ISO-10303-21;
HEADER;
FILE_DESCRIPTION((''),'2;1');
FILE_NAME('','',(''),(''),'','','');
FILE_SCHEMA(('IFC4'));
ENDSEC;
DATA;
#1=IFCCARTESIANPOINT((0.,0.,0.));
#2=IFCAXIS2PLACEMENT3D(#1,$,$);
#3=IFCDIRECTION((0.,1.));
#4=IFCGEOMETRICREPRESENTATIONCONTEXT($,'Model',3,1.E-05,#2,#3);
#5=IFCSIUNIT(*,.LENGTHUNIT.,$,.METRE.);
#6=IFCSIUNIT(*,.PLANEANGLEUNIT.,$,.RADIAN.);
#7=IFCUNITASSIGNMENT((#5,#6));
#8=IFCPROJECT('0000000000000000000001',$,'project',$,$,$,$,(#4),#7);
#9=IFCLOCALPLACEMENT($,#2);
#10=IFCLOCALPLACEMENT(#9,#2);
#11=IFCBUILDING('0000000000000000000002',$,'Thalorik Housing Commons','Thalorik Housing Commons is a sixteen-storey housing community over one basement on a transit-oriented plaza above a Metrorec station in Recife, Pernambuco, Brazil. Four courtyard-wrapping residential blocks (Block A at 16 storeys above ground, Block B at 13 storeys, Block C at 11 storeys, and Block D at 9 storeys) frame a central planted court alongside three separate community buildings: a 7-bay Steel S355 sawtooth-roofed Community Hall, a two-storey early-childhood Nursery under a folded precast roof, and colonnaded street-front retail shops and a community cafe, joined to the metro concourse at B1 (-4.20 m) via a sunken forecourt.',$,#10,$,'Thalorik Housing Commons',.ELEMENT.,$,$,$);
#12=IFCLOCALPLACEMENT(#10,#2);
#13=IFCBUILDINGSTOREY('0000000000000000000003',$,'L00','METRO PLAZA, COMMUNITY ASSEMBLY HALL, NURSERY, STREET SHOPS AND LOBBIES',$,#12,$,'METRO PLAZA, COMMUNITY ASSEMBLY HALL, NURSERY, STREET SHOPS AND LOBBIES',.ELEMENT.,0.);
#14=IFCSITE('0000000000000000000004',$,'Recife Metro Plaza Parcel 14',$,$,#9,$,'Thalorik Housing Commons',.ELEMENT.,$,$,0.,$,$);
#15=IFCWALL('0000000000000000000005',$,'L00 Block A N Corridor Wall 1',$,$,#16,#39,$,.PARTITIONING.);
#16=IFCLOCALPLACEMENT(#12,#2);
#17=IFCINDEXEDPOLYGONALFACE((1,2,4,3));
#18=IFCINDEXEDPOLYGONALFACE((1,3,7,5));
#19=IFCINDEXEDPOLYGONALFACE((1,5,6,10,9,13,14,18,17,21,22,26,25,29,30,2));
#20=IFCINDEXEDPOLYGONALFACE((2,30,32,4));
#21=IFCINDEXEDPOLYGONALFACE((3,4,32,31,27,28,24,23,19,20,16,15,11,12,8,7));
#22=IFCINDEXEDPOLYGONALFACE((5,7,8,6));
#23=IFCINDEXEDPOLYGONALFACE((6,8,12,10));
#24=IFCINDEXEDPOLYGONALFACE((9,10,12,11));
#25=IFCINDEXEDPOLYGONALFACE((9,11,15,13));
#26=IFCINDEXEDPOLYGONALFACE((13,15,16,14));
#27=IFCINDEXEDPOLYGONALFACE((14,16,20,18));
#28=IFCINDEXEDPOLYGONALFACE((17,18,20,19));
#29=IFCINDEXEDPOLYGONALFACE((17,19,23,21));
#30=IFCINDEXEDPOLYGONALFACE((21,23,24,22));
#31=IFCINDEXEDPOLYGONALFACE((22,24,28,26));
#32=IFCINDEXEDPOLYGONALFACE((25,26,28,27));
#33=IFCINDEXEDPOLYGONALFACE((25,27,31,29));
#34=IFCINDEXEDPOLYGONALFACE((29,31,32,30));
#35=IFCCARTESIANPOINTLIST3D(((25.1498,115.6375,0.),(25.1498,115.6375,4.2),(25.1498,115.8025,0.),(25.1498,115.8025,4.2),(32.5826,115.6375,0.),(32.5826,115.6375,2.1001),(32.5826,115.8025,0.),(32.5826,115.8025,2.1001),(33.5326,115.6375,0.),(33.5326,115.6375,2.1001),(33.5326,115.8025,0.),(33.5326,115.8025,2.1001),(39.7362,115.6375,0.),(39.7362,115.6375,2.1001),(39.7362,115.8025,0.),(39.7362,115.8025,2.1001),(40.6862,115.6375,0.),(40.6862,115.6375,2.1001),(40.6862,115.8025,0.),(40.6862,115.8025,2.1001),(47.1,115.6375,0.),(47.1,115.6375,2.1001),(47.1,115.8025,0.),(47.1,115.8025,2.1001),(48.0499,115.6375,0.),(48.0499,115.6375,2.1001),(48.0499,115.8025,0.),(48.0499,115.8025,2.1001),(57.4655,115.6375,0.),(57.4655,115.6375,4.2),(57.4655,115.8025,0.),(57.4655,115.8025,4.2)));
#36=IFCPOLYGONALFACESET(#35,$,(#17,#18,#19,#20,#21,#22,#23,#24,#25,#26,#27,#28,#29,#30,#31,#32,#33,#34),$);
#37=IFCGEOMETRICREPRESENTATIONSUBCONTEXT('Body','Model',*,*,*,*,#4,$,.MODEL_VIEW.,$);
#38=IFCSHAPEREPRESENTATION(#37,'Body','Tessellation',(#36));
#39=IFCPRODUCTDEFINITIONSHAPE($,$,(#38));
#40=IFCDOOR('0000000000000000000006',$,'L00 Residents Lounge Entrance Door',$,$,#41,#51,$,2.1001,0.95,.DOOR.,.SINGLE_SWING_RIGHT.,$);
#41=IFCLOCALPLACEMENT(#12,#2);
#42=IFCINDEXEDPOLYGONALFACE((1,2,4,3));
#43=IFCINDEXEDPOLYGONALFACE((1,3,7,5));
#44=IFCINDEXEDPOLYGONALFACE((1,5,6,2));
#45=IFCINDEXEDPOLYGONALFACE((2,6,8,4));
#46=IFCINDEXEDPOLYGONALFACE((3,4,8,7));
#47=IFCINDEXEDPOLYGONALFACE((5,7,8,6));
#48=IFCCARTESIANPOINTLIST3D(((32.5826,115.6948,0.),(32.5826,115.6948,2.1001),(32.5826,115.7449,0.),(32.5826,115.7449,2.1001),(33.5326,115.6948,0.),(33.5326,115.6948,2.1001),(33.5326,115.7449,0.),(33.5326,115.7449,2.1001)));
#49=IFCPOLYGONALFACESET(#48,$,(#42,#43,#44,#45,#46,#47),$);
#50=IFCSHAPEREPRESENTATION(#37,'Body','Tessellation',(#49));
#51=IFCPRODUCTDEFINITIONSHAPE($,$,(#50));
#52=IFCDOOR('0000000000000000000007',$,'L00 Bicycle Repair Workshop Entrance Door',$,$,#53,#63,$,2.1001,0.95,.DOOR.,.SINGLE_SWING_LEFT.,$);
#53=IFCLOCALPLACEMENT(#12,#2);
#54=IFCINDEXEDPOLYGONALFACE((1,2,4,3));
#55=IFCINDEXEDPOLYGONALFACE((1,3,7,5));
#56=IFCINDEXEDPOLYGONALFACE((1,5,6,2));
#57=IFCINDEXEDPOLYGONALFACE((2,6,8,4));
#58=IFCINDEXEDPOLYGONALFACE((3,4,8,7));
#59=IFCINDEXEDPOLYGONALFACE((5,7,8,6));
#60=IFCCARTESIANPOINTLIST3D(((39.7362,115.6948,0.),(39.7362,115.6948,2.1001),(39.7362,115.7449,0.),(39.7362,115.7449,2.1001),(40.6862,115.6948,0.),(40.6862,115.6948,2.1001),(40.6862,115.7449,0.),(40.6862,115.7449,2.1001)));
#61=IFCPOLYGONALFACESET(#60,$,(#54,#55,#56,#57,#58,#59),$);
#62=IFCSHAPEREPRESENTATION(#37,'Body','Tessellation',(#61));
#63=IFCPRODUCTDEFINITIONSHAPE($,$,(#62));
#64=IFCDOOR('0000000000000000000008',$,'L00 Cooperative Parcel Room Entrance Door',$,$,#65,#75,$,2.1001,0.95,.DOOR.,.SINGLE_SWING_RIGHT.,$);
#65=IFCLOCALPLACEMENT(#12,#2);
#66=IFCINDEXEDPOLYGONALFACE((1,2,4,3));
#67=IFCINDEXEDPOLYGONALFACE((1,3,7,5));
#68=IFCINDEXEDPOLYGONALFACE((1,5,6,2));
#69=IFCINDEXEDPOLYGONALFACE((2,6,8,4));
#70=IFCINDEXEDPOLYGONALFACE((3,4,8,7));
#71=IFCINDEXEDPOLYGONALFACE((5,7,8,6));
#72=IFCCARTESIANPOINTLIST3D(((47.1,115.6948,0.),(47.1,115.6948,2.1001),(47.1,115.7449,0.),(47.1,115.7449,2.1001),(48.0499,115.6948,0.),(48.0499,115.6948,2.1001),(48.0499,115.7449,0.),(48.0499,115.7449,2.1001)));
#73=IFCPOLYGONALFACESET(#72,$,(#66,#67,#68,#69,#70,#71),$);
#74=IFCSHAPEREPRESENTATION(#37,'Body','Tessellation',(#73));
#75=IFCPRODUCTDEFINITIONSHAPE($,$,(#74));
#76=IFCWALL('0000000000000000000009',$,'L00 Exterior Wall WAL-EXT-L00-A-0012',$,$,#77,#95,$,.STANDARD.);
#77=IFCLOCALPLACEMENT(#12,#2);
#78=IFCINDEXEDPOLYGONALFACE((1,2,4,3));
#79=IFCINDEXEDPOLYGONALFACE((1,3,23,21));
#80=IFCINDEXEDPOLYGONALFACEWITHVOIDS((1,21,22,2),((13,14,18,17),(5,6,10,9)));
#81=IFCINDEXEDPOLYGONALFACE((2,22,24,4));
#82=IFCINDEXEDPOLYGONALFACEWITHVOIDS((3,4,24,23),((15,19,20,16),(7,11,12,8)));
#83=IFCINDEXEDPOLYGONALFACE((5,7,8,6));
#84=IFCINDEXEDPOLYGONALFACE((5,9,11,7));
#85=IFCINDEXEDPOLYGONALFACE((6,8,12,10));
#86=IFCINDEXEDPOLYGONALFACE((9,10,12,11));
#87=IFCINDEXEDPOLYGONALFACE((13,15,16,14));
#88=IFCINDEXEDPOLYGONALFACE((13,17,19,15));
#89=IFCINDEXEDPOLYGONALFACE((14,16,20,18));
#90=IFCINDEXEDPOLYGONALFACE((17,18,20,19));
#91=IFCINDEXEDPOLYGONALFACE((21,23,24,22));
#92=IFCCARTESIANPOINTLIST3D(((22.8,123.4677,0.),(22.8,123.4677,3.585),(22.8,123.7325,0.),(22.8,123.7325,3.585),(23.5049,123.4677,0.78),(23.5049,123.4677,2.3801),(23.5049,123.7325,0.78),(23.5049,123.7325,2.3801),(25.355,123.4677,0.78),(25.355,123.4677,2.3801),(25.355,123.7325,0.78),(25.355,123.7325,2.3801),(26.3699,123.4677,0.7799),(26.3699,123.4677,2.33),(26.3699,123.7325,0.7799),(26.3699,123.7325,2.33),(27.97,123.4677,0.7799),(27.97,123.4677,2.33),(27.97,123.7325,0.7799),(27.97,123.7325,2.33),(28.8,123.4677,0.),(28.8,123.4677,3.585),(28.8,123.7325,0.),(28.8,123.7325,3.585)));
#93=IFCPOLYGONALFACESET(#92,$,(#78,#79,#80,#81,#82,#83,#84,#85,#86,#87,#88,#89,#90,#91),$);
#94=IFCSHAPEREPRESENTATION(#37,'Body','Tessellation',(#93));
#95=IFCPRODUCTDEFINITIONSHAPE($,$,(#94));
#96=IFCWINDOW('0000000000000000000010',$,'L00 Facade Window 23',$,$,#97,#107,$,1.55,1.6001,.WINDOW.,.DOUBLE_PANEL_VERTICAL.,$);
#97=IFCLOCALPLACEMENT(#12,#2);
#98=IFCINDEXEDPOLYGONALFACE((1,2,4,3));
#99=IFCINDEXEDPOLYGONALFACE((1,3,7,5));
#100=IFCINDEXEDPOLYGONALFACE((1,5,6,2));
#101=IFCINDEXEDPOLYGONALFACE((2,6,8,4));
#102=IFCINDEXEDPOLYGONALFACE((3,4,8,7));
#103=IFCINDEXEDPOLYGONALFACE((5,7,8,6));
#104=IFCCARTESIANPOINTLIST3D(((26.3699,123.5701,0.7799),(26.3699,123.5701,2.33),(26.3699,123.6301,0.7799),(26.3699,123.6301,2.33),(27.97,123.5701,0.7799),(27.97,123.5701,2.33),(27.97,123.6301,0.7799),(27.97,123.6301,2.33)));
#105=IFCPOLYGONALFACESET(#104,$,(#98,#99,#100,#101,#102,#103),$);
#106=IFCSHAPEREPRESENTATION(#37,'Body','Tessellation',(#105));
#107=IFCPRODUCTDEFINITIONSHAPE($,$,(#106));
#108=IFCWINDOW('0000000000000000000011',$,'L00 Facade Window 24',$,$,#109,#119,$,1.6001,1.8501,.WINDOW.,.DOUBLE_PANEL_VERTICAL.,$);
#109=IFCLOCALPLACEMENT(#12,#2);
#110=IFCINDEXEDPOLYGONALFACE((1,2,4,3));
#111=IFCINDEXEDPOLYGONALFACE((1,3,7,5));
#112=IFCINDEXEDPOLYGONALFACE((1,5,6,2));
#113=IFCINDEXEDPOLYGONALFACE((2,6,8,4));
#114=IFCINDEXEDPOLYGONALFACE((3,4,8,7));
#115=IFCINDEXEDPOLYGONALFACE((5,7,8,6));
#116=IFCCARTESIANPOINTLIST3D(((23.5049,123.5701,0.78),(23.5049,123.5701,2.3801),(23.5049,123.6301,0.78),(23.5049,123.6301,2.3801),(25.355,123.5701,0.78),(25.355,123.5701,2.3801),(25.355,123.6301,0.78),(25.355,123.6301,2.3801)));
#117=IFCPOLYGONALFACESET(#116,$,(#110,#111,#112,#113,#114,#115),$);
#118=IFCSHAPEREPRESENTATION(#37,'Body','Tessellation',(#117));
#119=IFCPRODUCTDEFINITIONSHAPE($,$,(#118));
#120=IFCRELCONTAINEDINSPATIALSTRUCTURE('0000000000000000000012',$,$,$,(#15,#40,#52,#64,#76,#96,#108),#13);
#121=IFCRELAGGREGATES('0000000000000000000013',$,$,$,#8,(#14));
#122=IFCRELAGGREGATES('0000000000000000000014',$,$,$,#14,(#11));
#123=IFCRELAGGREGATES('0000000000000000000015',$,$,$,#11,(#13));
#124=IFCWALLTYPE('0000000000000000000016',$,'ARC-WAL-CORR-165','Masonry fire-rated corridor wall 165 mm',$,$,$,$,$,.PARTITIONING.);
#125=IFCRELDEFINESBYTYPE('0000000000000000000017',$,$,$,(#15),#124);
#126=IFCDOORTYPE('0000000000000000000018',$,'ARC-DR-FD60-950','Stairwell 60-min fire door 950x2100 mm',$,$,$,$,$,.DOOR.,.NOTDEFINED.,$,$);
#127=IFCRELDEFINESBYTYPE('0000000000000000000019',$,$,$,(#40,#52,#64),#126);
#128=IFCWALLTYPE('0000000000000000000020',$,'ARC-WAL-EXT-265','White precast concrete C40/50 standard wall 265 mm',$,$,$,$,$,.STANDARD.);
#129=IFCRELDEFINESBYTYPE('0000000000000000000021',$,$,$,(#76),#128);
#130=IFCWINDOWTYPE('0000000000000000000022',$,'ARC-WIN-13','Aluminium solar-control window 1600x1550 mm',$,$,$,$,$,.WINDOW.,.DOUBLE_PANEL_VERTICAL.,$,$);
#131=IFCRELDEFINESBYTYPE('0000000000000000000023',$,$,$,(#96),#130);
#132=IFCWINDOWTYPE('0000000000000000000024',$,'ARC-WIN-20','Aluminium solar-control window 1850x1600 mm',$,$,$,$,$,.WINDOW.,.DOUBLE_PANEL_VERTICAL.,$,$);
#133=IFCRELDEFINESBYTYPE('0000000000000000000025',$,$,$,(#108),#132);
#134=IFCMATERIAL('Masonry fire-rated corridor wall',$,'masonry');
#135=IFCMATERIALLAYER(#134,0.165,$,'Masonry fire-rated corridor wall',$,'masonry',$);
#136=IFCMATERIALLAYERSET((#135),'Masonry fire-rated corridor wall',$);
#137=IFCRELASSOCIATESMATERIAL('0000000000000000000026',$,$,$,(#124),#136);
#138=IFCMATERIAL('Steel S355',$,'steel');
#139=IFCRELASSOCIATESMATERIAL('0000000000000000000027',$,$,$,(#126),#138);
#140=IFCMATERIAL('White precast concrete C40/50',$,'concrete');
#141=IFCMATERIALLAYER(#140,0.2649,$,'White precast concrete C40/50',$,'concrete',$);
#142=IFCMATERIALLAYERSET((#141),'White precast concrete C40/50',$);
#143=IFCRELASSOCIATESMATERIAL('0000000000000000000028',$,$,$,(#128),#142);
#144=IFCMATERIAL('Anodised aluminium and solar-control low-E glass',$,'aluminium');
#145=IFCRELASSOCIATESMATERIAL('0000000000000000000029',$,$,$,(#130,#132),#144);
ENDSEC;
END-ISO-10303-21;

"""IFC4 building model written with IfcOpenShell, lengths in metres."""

from ifc_helpers import new_model, si_unit, direction, frame, frame_2d, origin, place, context, subcontext, project, spatial, rectangle, extrude, material, layer, layer_set, type_object, element, fill, save


model = new_model("IFC4")

# Units and contexts
model_context = context("Model", 3, precision=1e-05, world=origin(), true_north=direction((0.0, 1.0)))
body_context = subcontext(model_context, "Body", "Model", "MODEL_VIEW")
ifc_project = project(units=[si_unit("LENGTHUNIT", "METRE"), si_unit("PLANEANGLEUNIT", "RADIAN")], contexts=[model_context])

# Site, building, storey
site_placement = place(None, origin())
site = spatial("IfcSite", under=ifc_project, at=site_placement, Name="Recife Metro Plaza Parcel 14", LongName="Thalorik Housing Commons", CompositionType="ELEMENT", RefElevation=0.0)
building_placement = place(site_placement, origin())
building = spatial("IfcBuilding", under=site, at=building_placement, Name="Thalorik Housing Commons", Description="Thalorik Housing Commons is a sixteen-storey housing community over one basement on a transit-oriented plaza above a Metrorec station in Recife, Pernambuco, Brazil. Four courtyard-wrapping residential blocks (Block A at 16 storeys above ground, Block B at 13 storeys, Block C at 11 storeys, and Block D at 9 storeys) frame a central planted court alongside three separate community buildings: a 7-bay Steel S355 sawtooth-roofed Community Hall, a two-storey early-childhood Nursery under a folded precast roof, and colonnaded street-front retail shops and a community cafe, joined to the metro concourse at B1 (-4.20 m) via a sunken forecourt.", LongName="Thalorik Housing Commons", CompositionType="ELEMENT")
storey_placement = place(building_placement, origin())
storey = spatial("IfcBuildingStorey", under=building, at=storey_placement, Name="L00", Description="METRO PLAZA, COMMUNITY ASSEMBLY HALL, NURSERY, STREET SHOPS AND LOBBIES", LongName="METRO PLAZA, COMMUNITY ASSEMBLY HALL, NURSERY, STREET SHOPS AND LOBBIES", CompositionType="ELEMENT", Elevation=0.0)

# Wall, openings, doors
ifc_material_1 = material(Name="Masonry fire-rated corridor wall", Category="masonry")
ifc_layer_1 = layer(ifc_material_1, 0.165, Name="Masonry fire-rated corridor wall", Category="masonry")
ifc_layer_set_1 = layer_set([ifc_layer_1], Name="Masonry fire-rated corridor wall")
wall_type_1 = type_object("IfcWallType", Name="ARC-WAL-CORR-165", Description="Masonry fire-rated corridor wall 165 mm", PredefinedType="PARTITIONING", material=ifc_layer_set_1)
wall_1_placement = place(storey_placement, frame((25.1499, 115.72, 0.0), z_axis=(0.0, 0.0, 1.0), x_axis=(1.0, 0.0, 0.0)))
wall_1 = element("IfcWall", 1, at=wall_1_placement, inside=storey, type_object=wall_type_1, Name="L00 Block A N Corridor Wall 1", PredefinedType="PARTITIONING", context=body_context, shape_type="SweptSolid", body=[
    extrude(rectangle(XDim=32.3157, YDim=0.165, at=frame_2d((16.1577, 0.0))), origin(), (0.0, 0.0, 1.0), 4.2),
])
opening_1_placement = place(wall_1_placement, frame((7.4326, 0.0, 0.0)))
opening_1 = element("IfcOpeningElement", 2, at=opening_1_placement, cuts=wall_1, PredefinedType="OPENING", context=body_context, shape_type="SweptSolid", body=[
    extrude(rectangle(XDim=0.95, YDim=2.1001, at=frame_2d((0.4751, 1.05))), frame((0.0, 0.0925, 0.0), z_axis=(0.0, -1.0, 0.0), x_axis=(1.0, 0.0, 0.0)), (0.0, 0.0, 1.0), 0.1851),
])
opening_2_placement = place(wall_1_placement, frame((14.5862, 0.0, 0.0)))
opening_2 = element("IfcOpeningElement", 3, at=opening_2_placement, cuts=wall_1, PredefinedType="OPENING", context=body_context, shape_type="SweptSolid", body=[
    extrude(rectangle(XDim=0.95, YDim=2.1001, at=frame_2d((0.4751, 1.05))), frame((0.0, 0.0925, 0.0), z_axis=(0.0, -1.0, 0.0), x_axis=(1.0, 0.0, 0.0)), (0.0, 0.0, 1.0), 0.1851),
])
opening_3_placement = place(wall_1_placement, frame((21.95, 0.0, 0.0)))
opening_3 = element("IfcOpeningElement", 4, at=opening_3_placement, cuts=wall_1, PredefinedType="OPENING", context=body_context, shape_type="SweptSolid", body=[
    extrude(rectangle(XDim=0.95, YDim=2.1001, at=frame_2d((0.4751, 1.05))), frame((0.0, 0.0925, 0.0), z_axis=(0.0, -1.0, 0.0), x_axis=(1.0, 0.0, 0.0)), (0.0, 0.0, 1.0), 0.1851),
])
ifc_material_2 = material(Name="Steel S355", Category="steel")
door_type_1 = type_object("IfcDoorType", Name="ARC-DR-FD60-950", Description="Stairwell 60-min fire door 950x2100 mm", OperationType="NOTDEFINED", PredefinedType="DOOR", material=ifc_material_2)
door_1_placement = place(opening_1_placement, origin())
door_1 = element("IfcDoor", 5, at=door_1_placement, inside=storey, type_object=door_type_1, Name="L00 Residents Lounge Entrance Door", OperationType="SINGLE_SWING_RIGHT", OverallHeight=2.1001, OverallWidth=0.95, PredefinedType="DOOR", context=body_context, shape_type="SweptSolid", body=[
    extrude(rectangle(XDim=0.95, YDim=2.1001, at=frame_2d((0.4751, 1.05))), frame((0.0, 0.0249, 0.0), z_axis=(0.0, -1.0, 0.0), x_axis=(1.0, 0.0, 0.0)), (0.0, 0.0, 1.0), 0.05),
])
fill(opening_1, door_1)
door_2_placement = place(opening_2_placement, origin())
door_2 = element("IfcDoor", 6, at=door_2_placement, inside=storey, type_object=door_type_1, Name="L00 Bicycle Repair Workshop Entrance Door", OperationType="SINGLE_SWING_LEFT", OverallHeight=2.1001, OverallWidth=0.95, PredefinedType="DOOR", context=body_context, shape_type="SweptSolid", body=[
    extrude(rectangle(XDim=0.95, YDim=2.1001, at=frame_2d((0.4751, 1.05))), frame((0.0, 0.0249, 0.0), z_axis=(0.0, -1.0, 0.0), x_axis=(1.0, 0.0, 0.0)), (0.0, 0.0, 1.0), 0.05),
])
fill(opening_2, door_2)
door_3_placement = place(opening_3_placement, origin())
door_3 = element("IfcDoor", 7, at=door_3_placement, inside=storey, type_object=door_type_1, Name="L00 Cooperative Parcel Room Entrance Door", OperationType="SINGLE_SWING_RIGHT", OverallHeight=2.1001, OverallWidth=0.95, PredefinedType="DOOR", context=body_context, shape_type="SweptSolid", body=[
    extrude(rectangle(XDim=0.95, YDim=2.1001, at=frame_2d((0.4751, 1.05))), frame((0.0, 0.0249, 0.0), z_axis=(0.0, -1.0, 0.0), x_axis=(1.0, 0.0, 0.0)), (0.0, 0.0, 1.0), 0.05),
])
fill(opening_3, door_3)

# Wall, openings, windows
ifc_material_3 = material(Name="White precast concrete C40/50", Category="concrete")
ifc_layer_2 = layer(ifc_material_3, 0.2649, Name="White precast concrete C40/50", Category="concrete")
ifc_layer_set_2 = layer_set([ifc_layer_2], Name="White precast concrete C40/50")
wall_type_2 = type_object("IfcWallType", Name="ARC-WAL-EXT-265", Description="White precast concrete C40/50 standard wall 265 mm", PredefinedType="STANDARD", material=ifc_layer_set_2)
wall_2_placement = place(storey_placement, frame((28.8, 123.6001, 0.0), z_axis=(0.0, 0.0, 1.0), x_axis=(-1.0, 0.0, 0.0)))
wall_2 = element("IfcWall", 8, at=wall_2_placement, inside=storey, type_object=wall_type_2, Name="L00 Exterior Wall WAL-EXT-L00-A-0012", PredefinedType="STANDARD", context=body_context, shape_type="SweptSolid", body=[
    extrude(rectangle(XDim=6.0, YDim=0.2649, at=frame_2d((3.0, 0.0))), origin(), (0.0, 0.0, 1.0), 3.585),
])
opening_4_placement = place(wall_2_placement, frame((0.8301, 0.0, 0.78)))
opening_4 = element("IfcOpeningElement", 9, at=opening_4_placement, cuts=wall_2, PredefinedType="OPENING", context=body_context, shape_type="SweptSolid", body=[
    extrude(rectangle(XDim=1.6001, YDim=1.55, at=frame_2d((0.8, 0.7749))), frame((0.0, 0.1426, 0.0), z_axis=(0.0, -1.0, 0.0), x_axis=(1.0, 0.0, 0.0)), (0.0, 0.0, 1.0), 0.2849),
])
opening_5_placement = place(wall_2_placement, frame((3.4451, 0.0, 0.78)))
opening_5 = element("IfcOpeningElement", 10, at=opening_5_placement, cuts=wall_2, PredefinedType="OPENING", context=body_context, shape_type="SweptSolid", body=[
    extrude(rectangle(XDim=1.8501, YDim=1.6001, at=frame_2d((0.925, 0.8))), frame((0.0, 0.1426, 0.0), z_axis=(0.0, -1.0, 0.0), x_axis=(1.0, 0.0, 0.0)), (0.0, 0.0, 1.0), 0.2849),
])
ifc_material_4 = material(Name="Anodised aluminium and solar-control low-E glass", Category="aluminium")
window_type_1 = type_object("IfcWindowType", Name="ARC-WIN-13", Description="Aluminium solar-control window 1600x1550 mm", PartitioningType="DOUBLE_PANEL_VERTICAL", PredefinedType="WINDOW", material=ifc_material_4)
window_1_placement = place(opening_4_placement, origin())
window_1 = element("IfcWindow", 11, at=window_1_placement, inside=storey, type_object=window_type_1, Name="L00 Facade Window 23", OverallHeight=1.55, OverallWidth=1.6001, PartitioningType="DOUBLE_PANEL_VERTICAL", PredefinedType="WINDOW", context=body_context, shape_type="SweptSolid", body=[
    extrude(rectangle(XDim=1.6001, YDim=1.55, at=frame_2d((0.8, 0.7749))), frame((0.0, 0.03, 0.0), z_axis=(0.0, -1.0, 0.0), x_axis=(1.0, 0.0, 0.0)), (0.0, 0.0, 1.0), 0.0601),
])
fill(opening_4, window_1)
window_type_2 = type_object("IfcWindowType", Name="ARC-WIN-20", Description="Aluminium solar-control window 1850x1600 mm", PartitioningType="DOUBLE_PANEL_VERTICAL", PredefinedType="WINDOW", material=ifc_material_4)
window_2_placement = place(opening_5_placement, origin())
window_2 = element("IfcWindow", 12, at=window_2_placement, inside=storey, type_object=window_type_2, Name="L00 Facade Window 24", OverallHeight=1.6001, OverallWidth=1.8501, PartitioningType="DOUBLE_PANEL_VERTICAL", PredefinedType="WINDOW", context=body_context, shape_type="SweptSolid", body=[
    extrude(rectangle(XDim=1.8501, YDim=1.6001, at=frame_2d((0.925, 0.8))), frame((0.0, 0.03, 0.0), z_axis=(0.0, -1.0, 0.0), x_axis=(1.0, 0.0, 0.0)), (0.0, 0.0, 1.0), 0.0601),
])
fill(opening_5, window_2)

save(model, "model.ifc")
